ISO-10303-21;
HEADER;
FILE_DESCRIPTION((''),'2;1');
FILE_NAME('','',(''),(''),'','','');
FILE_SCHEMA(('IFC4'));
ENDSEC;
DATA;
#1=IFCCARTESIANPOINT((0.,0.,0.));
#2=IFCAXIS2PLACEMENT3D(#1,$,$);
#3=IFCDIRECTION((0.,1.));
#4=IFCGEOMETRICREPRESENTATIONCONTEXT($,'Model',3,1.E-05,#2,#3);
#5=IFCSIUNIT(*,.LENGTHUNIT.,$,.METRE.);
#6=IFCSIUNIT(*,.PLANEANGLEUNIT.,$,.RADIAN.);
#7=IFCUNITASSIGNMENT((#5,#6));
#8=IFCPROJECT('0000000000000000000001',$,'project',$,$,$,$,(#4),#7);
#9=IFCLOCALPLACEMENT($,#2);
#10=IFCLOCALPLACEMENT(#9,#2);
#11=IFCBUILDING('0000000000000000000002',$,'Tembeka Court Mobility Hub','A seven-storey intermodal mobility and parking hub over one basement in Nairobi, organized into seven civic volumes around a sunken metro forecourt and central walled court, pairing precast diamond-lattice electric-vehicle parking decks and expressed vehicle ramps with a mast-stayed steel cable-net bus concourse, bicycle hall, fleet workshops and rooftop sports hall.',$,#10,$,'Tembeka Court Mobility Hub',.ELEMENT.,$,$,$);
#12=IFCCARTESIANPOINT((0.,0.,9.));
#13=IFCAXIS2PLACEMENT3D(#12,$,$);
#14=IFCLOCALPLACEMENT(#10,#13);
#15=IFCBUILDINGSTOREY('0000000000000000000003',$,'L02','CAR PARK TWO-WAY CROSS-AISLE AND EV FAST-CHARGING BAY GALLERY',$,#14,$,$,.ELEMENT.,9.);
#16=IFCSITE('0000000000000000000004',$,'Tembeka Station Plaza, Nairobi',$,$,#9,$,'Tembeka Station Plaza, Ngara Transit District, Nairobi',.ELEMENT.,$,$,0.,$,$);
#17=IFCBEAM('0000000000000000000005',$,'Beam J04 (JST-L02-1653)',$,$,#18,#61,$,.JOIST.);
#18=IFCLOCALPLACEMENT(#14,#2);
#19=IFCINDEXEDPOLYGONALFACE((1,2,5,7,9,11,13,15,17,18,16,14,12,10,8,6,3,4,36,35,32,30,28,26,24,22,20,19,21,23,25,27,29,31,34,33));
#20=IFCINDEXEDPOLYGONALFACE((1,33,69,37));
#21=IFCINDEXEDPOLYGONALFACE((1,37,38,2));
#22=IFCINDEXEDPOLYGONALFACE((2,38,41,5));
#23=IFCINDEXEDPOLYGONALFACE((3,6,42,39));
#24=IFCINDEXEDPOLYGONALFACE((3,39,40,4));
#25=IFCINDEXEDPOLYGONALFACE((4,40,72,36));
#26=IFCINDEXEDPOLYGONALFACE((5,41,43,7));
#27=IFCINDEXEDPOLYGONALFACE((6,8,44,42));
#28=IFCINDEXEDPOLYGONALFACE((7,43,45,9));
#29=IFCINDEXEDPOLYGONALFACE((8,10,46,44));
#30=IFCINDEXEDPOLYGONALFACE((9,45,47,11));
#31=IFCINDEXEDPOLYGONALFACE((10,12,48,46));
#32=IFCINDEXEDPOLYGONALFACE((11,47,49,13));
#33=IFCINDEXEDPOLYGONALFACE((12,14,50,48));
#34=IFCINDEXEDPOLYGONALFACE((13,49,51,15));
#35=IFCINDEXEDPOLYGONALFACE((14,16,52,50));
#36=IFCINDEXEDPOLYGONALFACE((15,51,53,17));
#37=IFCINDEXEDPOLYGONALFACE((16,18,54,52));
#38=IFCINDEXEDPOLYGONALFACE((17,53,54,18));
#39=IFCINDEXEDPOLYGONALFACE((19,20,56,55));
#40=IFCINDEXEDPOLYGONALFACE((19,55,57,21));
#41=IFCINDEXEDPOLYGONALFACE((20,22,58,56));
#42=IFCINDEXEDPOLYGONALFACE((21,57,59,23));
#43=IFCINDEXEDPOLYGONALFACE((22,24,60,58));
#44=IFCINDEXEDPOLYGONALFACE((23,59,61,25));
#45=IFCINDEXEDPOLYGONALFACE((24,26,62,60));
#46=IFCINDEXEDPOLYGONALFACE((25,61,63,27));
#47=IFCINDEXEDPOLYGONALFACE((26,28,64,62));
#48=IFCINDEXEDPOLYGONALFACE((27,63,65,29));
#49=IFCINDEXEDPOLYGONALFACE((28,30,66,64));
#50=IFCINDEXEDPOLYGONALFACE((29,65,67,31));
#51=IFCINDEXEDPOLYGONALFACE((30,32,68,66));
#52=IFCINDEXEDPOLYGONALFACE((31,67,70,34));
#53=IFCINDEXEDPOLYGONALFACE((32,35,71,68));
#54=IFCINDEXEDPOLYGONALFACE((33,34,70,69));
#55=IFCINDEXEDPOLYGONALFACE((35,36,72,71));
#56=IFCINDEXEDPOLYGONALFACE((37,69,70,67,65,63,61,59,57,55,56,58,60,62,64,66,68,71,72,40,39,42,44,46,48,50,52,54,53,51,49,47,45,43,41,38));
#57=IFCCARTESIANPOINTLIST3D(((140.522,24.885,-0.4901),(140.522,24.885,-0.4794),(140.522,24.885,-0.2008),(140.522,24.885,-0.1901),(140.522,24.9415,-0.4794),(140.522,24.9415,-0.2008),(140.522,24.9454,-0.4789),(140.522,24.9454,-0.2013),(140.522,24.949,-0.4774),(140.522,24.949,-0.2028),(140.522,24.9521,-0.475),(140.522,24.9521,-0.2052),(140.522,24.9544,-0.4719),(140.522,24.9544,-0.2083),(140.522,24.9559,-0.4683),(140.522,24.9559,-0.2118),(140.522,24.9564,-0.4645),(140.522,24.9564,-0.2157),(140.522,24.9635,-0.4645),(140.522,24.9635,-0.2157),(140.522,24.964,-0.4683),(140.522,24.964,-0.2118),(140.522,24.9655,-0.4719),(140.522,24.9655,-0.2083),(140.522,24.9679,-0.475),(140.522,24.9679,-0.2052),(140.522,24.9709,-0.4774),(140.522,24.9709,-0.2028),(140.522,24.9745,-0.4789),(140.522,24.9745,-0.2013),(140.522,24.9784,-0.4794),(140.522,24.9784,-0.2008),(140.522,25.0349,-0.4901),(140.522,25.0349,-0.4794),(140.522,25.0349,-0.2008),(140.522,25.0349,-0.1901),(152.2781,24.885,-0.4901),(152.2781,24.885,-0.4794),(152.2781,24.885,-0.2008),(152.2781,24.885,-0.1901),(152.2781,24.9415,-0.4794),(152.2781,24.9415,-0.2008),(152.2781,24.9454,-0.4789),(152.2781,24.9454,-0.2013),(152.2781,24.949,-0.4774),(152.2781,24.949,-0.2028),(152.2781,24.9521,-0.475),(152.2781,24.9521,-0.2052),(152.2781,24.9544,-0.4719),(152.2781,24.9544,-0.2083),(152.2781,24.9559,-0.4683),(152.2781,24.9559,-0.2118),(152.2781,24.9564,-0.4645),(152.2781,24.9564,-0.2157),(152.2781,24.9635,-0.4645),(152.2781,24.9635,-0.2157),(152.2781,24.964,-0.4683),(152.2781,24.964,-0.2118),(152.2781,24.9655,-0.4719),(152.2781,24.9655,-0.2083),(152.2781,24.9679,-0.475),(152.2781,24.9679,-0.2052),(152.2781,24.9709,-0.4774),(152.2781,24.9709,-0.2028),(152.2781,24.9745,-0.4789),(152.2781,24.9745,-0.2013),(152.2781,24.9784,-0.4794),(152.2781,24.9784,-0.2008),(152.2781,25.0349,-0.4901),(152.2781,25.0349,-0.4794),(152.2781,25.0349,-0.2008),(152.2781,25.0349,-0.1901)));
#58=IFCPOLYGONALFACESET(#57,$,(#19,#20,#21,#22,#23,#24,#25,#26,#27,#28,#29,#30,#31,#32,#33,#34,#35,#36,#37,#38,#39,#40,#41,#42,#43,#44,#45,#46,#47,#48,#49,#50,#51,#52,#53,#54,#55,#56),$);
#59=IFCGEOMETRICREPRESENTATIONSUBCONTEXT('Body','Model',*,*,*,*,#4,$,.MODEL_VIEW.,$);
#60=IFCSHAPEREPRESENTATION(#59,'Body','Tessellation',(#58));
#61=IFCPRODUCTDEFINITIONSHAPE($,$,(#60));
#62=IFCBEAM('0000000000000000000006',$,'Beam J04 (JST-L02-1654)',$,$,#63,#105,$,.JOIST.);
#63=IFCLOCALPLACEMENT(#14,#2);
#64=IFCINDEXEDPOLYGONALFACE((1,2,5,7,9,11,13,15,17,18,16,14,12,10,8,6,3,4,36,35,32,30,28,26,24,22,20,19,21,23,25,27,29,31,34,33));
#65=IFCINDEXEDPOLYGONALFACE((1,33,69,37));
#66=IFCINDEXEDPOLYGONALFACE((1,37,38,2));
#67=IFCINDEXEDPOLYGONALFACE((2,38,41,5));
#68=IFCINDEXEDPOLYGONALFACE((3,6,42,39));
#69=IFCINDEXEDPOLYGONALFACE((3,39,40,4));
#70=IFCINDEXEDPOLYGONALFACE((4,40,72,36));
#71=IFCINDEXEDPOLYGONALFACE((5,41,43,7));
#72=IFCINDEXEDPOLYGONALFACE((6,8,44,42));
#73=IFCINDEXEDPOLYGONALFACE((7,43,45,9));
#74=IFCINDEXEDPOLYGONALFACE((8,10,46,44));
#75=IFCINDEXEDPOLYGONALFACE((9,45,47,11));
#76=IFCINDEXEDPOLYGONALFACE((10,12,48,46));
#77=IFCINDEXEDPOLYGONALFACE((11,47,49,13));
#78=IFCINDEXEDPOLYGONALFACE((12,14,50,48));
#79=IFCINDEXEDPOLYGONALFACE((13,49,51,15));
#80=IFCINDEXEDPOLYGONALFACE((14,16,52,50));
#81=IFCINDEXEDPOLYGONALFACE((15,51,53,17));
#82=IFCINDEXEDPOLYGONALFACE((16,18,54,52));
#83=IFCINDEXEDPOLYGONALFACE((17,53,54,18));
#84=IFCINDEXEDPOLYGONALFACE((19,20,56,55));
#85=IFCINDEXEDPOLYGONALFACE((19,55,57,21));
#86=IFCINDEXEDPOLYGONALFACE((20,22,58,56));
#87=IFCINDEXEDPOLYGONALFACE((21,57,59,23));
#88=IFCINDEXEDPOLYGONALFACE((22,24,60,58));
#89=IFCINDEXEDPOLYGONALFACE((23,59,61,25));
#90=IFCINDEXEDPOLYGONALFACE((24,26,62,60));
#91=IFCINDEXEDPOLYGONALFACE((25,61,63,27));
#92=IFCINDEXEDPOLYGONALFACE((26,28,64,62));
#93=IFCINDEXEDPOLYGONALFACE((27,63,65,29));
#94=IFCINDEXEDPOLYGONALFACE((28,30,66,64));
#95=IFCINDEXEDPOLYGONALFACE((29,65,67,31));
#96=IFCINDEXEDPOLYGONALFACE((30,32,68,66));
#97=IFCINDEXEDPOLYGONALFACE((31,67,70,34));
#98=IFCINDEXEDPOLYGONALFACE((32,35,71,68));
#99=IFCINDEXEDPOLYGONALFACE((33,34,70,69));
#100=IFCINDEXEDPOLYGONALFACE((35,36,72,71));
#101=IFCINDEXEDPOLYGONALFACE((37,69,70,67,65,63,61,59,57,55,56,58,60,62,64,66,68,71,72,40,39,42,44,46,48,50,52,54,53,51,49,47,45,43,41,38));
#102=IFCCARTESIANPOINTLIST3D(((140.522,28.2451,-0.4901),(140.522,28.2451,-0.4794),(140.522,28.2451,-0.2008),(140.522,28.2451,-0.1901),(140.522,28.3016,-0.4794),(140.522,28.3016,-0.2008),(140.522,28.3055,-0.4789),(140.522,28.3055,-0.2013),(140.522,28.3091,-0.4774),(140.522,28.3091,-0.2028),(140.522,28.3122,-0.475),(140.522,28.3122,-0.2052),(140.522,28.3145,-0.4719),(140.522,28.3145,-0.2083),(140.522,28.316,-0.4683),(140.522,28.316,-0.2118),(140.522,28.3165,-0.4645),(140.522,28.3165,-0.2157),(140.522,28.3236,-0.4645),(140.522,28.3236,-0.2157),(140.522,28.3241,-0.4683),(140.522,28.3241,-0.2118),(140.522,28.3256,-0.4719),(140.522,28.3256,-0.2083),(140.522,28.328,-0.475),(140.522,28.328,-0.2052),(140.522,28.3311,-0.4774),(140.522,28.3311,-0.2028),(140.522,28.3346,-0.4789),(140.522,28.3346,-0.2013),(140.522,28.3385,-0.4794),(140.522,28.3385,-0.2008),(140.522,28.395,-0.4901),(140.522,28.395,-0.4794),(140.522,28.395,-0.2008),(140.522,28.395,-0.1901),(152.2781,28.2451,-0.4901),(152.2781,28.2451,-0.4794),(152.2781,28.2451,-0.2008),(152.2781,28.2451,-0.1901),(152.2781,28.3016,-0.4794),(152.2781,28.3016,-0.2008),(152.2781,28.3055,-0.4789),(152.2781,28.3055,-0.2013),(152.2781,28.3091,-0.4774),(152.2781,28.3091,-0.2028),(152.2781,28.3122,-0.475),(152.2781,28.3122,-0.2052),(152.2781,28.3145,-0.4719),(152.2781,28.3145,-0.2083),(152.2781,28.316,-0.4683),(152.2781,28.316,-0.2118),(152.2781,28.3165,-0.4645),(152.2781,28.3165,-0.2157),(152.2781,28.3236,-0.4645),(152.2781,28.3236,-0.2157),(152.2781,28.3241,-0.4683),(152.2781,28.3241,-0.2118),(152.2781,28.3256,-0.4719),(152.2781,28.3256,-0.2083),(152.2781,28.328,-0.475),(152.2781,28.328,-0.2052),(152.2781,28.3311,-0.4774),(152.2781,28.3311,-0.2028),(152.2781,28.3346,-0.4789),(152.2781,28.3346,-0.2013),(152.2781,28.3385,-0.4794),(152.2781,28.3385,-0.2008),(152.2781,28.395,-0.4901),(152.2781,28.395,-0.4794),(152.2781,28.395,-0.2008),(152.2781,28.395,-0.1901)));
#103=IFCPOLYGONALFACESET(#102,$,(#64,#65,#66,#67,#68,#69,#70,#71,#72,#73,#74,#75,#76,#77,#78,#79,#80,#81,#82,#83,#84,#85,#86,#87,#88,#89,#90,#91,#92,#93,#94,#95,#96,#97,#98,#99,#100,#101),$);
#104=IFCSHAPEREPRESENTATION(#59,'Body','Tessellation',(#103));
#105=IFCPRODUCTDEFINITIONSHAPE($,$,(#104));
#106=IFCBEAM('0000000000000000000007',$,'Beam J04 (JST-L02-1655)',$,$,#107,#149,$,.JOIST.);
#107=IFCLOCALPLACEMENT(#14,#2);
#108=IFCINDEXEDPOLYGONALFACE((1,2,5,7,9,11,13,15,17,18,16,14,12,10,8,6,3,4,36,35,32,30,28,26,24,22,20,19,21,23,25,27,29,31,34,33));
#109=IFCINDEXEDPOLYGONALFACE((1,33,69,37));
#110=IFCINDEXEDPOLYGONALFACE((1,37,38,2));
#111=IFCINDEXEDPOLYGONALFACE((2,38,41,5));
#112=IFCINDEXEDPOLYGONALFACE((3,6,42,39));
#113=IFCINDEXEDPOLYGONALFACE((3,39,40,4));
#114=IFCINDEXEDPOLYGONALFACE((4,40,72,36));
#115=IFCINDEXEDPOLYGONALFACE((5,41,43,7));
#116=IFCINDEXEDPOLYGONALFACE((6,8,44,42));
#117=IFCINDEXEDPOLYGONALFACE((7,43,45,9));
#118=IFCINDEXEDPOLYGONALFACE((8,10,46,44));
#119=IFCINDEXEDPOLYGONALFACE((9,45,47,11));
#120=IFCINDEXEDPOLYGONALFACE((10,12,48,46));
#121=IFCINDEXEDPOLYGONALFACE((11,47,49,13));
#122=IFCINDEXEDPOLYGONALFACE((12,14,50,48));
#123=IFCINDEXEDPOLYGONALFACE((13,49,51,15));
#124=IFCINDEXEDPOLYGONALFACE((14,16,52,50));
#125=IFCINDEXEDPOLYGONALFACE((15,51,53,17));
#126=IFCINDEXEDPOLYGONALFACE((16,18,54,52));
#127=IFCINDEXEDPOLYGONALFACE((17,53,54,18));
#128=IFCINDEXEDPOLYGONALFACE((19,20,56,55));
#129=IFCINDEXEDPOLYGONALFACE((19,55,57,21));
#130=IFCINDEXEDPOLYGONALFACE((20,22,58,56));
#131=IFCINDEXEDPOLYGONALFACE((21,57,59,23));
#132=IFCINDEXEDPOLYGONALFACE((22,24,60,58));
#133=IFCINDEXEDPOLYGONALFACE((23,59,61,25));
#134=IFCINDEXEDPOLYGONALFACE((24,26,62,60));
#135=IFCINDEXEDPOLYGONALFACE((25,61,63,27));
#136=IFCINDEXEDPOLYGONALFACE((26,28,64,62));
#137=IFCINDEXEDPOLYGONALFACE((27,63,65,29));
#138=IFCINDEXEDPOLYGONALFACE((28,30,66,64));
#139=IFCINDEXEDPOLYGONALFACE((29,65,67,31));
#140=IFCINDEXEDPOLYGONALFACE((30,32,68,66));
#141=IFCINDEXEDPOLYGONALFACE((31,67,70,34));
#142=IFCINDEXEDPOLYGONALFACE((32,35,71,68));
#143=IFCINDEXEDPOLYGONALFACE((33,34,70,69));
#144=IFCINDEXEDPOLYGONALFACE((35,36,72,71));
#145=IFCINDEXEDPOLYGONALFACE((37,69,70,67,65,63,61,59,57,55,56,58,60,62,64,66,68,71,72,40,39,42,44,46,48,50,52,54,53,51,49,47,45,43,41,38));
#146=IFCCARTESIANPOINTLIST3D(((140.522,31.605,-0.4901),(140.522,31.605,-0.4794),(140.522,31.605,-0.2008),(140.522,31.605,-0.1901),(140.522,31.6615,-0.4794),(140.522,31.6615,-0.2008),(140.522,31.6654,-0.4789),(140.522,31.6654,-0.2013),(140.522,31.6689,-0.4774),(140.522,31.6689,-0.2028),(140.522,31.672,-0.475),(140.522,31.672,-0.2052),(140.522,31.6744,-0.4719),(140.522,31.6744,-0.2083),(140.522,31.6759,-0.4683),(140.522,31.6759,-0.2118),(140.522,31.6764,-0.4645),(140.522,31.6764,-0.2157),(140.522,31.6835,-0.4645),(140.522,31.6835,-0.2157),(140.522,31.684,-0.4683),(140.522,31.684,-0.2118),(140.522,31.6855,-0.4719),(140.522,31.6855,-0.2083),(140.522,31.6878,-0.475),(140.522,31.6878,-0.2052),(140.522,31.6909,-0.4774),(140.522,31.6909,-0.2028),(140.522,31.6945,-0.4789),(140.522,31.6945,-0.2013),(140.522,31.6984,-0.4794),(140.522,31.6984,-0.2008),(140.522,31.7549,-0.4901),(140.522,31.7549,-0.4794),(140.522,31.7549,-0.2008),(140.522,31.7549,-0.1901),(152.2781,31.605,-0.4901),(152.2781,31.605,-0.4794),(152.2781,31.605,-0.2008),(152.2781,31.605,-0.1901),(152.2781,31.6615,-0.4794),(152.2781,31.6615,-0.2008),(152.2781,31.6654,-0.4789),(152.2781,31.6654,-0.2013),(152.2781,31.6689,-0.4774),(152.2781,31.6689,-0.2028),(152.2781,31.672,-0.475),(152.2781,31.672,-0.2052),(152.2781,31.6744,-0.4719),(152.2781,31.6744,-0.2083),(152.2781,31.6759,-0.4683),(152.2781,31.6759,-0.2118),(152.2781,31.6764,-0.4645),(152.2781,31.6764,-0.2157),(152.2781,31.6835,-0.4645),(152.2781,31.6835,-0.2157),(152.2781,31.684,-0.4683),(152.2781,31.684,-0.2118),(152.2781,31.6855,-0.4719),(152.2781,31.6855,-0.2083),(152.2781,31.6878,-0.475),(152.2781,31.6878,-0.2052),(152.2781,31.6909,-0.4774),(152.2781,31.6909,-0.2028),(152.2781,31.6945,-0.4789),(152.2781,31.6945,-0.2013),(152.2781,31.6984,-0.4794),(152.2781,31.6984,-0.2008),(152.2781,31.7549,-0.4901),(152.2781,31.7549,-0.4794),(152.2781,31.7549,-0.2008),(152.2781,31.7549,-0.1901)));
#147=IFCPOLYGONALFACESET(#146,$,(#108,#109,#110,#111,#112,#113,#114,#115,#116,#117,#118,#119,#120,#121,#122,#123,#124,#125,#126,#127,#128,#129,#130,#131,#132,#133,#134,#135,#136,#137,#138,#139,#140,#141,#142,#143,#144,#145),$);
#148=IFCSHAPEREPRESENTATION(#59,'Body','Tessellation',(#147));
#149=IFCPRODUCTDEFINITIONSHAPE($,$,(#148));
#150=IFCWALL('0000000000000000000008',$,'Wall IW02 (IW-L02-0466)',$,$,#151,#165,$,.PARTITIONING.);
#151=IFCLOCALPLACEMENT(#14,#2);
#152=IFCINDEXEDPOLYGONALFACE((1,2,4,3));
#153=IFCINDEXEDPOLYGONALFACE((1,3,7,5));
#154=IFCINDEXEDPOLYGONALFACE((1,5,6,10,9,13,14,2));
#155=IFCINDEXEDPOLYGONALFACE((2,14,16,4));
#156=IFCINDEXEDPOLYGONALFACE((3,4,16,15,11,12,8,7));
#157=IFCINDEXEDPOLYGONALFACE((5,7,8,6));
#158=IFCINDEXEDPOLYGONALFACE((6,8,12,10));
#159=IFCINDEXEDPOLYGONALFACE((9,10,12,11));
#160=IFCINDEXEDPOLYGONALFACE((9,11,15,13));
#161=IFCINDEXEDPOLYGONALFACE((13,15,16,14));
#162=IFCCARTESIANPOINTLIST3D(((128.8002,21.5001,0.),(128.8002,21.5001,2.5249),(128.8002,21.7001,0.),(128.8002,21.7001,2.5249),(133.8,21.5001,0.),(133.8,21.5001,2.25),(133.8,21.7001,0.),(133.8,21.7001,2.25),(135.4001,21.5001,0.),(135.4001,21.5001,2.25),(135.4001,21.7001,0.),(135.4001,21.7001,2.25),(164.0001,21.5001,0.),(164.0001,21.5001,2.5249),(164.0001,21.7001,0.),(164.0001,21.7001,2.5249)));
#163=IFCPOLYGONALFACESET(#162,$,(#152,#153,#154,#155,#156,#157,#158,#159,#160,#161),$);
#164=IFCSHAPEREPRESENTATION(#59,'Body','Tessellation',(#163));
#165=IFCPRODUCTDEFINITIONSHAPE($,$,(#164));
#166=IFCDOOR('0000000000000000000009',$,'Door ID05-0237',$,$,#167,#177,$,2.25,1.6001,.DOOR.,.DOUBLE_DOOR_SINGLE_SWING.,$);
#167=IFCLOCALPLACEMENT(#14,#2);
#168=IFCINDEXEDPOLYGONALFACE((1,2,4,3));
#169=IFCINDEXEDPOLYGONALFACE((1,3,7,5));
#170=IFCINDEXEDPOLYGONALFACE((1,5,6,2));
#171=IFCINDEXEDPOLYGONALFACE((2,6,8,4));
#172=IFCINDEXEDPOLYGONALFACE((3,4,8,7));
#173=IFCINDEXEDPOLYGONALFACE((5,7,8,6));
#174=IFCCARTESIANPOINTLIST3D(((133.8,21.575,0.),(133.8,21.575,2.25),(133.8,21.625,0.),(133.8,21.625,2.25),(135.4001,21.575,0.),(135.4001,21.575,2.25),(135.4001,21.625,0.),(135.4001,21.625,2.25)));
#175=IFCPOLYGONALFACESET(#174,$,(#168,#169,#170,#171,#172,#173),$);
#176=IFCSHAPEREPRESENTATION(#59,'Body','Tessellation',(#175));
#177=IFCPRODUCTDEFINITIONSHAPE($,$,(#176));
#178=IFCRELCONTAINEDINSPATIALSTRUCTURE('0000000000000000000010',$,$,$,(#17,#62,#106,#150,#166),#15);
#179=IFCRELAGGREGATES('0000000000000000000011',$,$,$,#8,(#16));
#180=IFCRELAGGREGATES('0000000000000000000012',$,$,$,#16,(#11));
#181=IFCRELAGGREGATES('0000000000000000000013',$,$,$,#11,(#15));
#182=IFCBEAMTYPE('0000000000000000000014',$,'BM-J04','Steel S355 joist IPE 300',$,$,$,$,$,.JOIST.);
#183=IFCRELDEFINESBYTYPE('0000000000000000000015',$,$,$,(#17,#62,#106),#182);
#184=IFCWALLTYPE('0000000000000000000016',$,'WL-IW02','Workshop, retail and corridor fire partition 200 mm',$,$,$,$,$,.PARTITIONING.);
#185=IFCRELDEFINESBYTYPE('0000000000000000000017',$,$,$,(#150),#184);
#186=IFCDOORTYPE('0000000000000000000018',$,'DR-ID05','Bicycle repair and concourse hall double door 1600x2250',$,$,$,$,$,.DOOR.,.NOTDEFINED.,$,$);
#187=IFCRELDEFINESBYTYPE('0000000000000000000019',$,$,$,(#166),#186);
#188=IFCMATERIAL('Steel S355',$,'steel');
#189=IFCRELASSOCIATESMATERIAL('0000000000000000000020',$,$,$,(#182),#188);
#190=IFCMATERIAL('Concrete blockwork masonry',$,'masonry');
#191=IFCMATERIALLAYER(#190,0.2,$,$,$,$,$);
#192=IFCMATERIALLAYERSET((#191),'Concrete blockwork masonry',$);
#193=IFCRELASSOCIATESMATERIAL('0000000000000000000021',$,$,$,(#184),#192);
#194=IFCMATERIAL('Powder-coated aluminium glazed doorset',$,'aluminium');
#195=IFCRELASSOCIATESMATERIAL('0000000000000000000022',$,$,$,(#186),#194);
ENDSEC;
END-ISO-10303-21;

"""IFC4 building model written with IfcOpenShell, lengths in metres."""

from ifc_helpers import new_model, si_unit, direction, frame, frame_2d, origin, origin_2d, place, context, subcontext, project, spatial, rectangle, i_section, extrude, material, layer, layer_set, material_profile, profile_set, type_object, element, fill, save


model = new_model("IFC4")

# Units and contexts
model_context = context("Model", 3, precision=1e-05, world=origin(), true_north=direction((0.0, 1.0)))
body_context = subcontext(model_context, "Body", "Model", "MODEL_VIEW")
ifc_project = project(units=[si_unit("LENGTHUNIT", "METRE"), si_unit("PLANEANGLEUNIT", "RADIAN")], contexts=[model_context])

# Site, building, storey
site_placement = place(None, origin())
site = spatial("IfcSite", under=ifc_project, at=site_placement, Name="Tembeka Station Plaza, Nairobi", LongName="Tembeka Station Plaza, Ngara Transit District, Nairobi", CompositionType="ELEMENT", RefElevation=0.0)
building_placement = place(site_placement, origin())
building = spatial("IfcBuilding", under=site, at=building_placement, Name="Tembeka Court Mobility Hub", Description="A seven-storey intermodal mobility and parking hub over one basement in Nairobi, organized into seven civic volumes around a sunken metro forecourt and central walled court, pairing precast diamond-lattice electric-vehicle parking decks and expressed vehicle ramps with a mast-stayed steel cable-net bus concourse, bicycle hall, fleet workshops and rooftop sports hall.", LongName="Tembeka Court Mobility Hub", CompositionType="ELEMENT")
storey_placement = place(building_placement, frame((0.0, 0.0, 9.0)))
storey = spatial("IfcBuildingStorey", under=building, at=storey_placement, Name="L02", Description="CAR PARK TWO-WAY CROSS-AISLE AND EV FAST-CHARGING BAY GALLERY", CompositionType="ELEMENT", Elevation=9.0)

# Shared definitions
ifc_material_1 = material(Name="Steel S355", Category="steel")

# Beams
ifc_material_profile_1 = material_profile(ifc_material_1, i_section(OverallWidth=0.1499, OverallDepth=0.3, WebThickness=0.0071, FlangeThickness=0.0107, FilletRadius=0.0149, at=origin_2d()), Name="IPE 300")
ifc_profile_set_1 = profile_set([ifc_material_profile_1], Name="Steel S355")
beam_type_1 = type_object("IfcBeamType", Name="BM-J04", Description="Steel S355 joist IPE 300", PredefinedType="JOIST", material=ifc_profile_set_1)
for number, where, z_axis, x_axis, name in (
    (1, (140.522, 24.96, -0.3401), (1.0, 0.0, 0.0), (0.0, 1.0, 0.0), "Beam J04 (JST-L02-1653)"),
    (2, (140.522, 28.3201, -0.3401), (1.0, 0.0, 0.0), (0.0, 1.0, 0.0), "Beam J04 (JST-L02-1654)"),
    (3, (140.522, 31.6799, -0.3401), (1.0, 0.0, 0.0), (0.0, 1.0, 0.0), "Beam J04 (JST-L02-1655)"),
):
    element("IfcBeam", number, at=place(storey_placement, frame(where, z_axis=z_axis, x_axis=x_axis)), inside=storey, type_object=beam_type_1, Name=name, PredefinedType="JOIST", context=body_context, shape_type="SweptSolid", body=[
        extrude(i_section(OverallWidth=0.1499, OverallDepth=0.3, WebThickness=0.0071, FlangeThickness=0.0107, FilletRadius=0.0149, at=origin_2d()), origin(), (0.0, 0.0, 1.0), 11.7561),
    ])

# Wall, opening, door
ifc_material_2 = material(Name="Concrete blockwork masonry", Category="masonry")
ifc_layer_1 = layer(ifc_material_2, 0.2)
ifc_layer_set_1 = layer_set([ifc_layer_1], Name="Concrete blockwork masonry")
wall_type_1 = type_object("IfcWallType", Name="WL-IW02", Description="Workshop, retail and corridor fire partition 200 mm", PredefinedType="PARTITIONING", material=ifc_layer_set_1)
wall_1_placement = place(storey_placement, frame((128.8, 21.6001, 0.0), z_axis=(0.0, 0.0, 1.0), x_axis=(1.0, 0.0, 0.0)))
wall_1 = element("IfcWall", 4, at=wall_1_placement, inside=storey, type_object=wall_type_1, Name="Wall IW02 (IW-L02-0466)", PredefinedType="PARTITIONING", context=body_context, shape_type="SweptSolid", body=[
    extrude(rectangle(XDim=35.2, YDim=0.2, at=frame_2d((17.6001, 0.0))), origin(), (0.0, 0.0, 1.0), 2.5249),
])
opening_1_placement = place(wall_1_placement, frame((5.0, 0.0, 0.0)))
opening_1 = element("IfcOpeningElement", 5, at=opening_1_placement, cuts=wall_1, PredefinedType="OPENING", context=body_context, shape_type="SweptSolid", body=[
    extrude(rectangle(XDim=1.6001, YDim=2.25, at=frame_2d((0.8, 1.125))), frame((0.0, 0.1099, 0.0), z_axis=(0.0, -1.0, 0.0), x_axis=(1.0, 0.0, 0.0)), (0.0, 0.0, 1.0), 0.22),
])
ifc_material_3 = material(Name="Powder-coated aluminium glazed doorset", Category="aluminium")
door_type_1 = type_object("IfcDoorType", Name="DR-ID05", Description="Bicycle repair and concourse hall double door 1600x2250", OperationType="NOTDEFINED", PredefinedType="DOOR", material=ifc_material_3)
door_1_placement = place(opening_1_placement, origin())
door_1 = element("IfcDoor", 6, at=door_1_placement, inside=storey, type_object=door_type_1, Name="Door ID05-0237", OperationType="DOUBLE_DOOR_SINGLE_SWING", OverallHeight=2.25, OverallWidth=1.6001, PredefinedType="DOOR", context=body_context, shape_type="SweptSolid", body=[
    extrude(rectangle(XDim=1.6001, YDim=2.25, at=frame_2d((0.8, 1.125))), frame((0.0, 0.0249, 0.0), z_axis=(0.0, -1.0, 0.0), x_axis=(1.0, 0.0, 0.0)), (0.0, 0.0, 1.0), 0.05),
])
fill(opening_1, door_1)

save(model, "model.ifc")
